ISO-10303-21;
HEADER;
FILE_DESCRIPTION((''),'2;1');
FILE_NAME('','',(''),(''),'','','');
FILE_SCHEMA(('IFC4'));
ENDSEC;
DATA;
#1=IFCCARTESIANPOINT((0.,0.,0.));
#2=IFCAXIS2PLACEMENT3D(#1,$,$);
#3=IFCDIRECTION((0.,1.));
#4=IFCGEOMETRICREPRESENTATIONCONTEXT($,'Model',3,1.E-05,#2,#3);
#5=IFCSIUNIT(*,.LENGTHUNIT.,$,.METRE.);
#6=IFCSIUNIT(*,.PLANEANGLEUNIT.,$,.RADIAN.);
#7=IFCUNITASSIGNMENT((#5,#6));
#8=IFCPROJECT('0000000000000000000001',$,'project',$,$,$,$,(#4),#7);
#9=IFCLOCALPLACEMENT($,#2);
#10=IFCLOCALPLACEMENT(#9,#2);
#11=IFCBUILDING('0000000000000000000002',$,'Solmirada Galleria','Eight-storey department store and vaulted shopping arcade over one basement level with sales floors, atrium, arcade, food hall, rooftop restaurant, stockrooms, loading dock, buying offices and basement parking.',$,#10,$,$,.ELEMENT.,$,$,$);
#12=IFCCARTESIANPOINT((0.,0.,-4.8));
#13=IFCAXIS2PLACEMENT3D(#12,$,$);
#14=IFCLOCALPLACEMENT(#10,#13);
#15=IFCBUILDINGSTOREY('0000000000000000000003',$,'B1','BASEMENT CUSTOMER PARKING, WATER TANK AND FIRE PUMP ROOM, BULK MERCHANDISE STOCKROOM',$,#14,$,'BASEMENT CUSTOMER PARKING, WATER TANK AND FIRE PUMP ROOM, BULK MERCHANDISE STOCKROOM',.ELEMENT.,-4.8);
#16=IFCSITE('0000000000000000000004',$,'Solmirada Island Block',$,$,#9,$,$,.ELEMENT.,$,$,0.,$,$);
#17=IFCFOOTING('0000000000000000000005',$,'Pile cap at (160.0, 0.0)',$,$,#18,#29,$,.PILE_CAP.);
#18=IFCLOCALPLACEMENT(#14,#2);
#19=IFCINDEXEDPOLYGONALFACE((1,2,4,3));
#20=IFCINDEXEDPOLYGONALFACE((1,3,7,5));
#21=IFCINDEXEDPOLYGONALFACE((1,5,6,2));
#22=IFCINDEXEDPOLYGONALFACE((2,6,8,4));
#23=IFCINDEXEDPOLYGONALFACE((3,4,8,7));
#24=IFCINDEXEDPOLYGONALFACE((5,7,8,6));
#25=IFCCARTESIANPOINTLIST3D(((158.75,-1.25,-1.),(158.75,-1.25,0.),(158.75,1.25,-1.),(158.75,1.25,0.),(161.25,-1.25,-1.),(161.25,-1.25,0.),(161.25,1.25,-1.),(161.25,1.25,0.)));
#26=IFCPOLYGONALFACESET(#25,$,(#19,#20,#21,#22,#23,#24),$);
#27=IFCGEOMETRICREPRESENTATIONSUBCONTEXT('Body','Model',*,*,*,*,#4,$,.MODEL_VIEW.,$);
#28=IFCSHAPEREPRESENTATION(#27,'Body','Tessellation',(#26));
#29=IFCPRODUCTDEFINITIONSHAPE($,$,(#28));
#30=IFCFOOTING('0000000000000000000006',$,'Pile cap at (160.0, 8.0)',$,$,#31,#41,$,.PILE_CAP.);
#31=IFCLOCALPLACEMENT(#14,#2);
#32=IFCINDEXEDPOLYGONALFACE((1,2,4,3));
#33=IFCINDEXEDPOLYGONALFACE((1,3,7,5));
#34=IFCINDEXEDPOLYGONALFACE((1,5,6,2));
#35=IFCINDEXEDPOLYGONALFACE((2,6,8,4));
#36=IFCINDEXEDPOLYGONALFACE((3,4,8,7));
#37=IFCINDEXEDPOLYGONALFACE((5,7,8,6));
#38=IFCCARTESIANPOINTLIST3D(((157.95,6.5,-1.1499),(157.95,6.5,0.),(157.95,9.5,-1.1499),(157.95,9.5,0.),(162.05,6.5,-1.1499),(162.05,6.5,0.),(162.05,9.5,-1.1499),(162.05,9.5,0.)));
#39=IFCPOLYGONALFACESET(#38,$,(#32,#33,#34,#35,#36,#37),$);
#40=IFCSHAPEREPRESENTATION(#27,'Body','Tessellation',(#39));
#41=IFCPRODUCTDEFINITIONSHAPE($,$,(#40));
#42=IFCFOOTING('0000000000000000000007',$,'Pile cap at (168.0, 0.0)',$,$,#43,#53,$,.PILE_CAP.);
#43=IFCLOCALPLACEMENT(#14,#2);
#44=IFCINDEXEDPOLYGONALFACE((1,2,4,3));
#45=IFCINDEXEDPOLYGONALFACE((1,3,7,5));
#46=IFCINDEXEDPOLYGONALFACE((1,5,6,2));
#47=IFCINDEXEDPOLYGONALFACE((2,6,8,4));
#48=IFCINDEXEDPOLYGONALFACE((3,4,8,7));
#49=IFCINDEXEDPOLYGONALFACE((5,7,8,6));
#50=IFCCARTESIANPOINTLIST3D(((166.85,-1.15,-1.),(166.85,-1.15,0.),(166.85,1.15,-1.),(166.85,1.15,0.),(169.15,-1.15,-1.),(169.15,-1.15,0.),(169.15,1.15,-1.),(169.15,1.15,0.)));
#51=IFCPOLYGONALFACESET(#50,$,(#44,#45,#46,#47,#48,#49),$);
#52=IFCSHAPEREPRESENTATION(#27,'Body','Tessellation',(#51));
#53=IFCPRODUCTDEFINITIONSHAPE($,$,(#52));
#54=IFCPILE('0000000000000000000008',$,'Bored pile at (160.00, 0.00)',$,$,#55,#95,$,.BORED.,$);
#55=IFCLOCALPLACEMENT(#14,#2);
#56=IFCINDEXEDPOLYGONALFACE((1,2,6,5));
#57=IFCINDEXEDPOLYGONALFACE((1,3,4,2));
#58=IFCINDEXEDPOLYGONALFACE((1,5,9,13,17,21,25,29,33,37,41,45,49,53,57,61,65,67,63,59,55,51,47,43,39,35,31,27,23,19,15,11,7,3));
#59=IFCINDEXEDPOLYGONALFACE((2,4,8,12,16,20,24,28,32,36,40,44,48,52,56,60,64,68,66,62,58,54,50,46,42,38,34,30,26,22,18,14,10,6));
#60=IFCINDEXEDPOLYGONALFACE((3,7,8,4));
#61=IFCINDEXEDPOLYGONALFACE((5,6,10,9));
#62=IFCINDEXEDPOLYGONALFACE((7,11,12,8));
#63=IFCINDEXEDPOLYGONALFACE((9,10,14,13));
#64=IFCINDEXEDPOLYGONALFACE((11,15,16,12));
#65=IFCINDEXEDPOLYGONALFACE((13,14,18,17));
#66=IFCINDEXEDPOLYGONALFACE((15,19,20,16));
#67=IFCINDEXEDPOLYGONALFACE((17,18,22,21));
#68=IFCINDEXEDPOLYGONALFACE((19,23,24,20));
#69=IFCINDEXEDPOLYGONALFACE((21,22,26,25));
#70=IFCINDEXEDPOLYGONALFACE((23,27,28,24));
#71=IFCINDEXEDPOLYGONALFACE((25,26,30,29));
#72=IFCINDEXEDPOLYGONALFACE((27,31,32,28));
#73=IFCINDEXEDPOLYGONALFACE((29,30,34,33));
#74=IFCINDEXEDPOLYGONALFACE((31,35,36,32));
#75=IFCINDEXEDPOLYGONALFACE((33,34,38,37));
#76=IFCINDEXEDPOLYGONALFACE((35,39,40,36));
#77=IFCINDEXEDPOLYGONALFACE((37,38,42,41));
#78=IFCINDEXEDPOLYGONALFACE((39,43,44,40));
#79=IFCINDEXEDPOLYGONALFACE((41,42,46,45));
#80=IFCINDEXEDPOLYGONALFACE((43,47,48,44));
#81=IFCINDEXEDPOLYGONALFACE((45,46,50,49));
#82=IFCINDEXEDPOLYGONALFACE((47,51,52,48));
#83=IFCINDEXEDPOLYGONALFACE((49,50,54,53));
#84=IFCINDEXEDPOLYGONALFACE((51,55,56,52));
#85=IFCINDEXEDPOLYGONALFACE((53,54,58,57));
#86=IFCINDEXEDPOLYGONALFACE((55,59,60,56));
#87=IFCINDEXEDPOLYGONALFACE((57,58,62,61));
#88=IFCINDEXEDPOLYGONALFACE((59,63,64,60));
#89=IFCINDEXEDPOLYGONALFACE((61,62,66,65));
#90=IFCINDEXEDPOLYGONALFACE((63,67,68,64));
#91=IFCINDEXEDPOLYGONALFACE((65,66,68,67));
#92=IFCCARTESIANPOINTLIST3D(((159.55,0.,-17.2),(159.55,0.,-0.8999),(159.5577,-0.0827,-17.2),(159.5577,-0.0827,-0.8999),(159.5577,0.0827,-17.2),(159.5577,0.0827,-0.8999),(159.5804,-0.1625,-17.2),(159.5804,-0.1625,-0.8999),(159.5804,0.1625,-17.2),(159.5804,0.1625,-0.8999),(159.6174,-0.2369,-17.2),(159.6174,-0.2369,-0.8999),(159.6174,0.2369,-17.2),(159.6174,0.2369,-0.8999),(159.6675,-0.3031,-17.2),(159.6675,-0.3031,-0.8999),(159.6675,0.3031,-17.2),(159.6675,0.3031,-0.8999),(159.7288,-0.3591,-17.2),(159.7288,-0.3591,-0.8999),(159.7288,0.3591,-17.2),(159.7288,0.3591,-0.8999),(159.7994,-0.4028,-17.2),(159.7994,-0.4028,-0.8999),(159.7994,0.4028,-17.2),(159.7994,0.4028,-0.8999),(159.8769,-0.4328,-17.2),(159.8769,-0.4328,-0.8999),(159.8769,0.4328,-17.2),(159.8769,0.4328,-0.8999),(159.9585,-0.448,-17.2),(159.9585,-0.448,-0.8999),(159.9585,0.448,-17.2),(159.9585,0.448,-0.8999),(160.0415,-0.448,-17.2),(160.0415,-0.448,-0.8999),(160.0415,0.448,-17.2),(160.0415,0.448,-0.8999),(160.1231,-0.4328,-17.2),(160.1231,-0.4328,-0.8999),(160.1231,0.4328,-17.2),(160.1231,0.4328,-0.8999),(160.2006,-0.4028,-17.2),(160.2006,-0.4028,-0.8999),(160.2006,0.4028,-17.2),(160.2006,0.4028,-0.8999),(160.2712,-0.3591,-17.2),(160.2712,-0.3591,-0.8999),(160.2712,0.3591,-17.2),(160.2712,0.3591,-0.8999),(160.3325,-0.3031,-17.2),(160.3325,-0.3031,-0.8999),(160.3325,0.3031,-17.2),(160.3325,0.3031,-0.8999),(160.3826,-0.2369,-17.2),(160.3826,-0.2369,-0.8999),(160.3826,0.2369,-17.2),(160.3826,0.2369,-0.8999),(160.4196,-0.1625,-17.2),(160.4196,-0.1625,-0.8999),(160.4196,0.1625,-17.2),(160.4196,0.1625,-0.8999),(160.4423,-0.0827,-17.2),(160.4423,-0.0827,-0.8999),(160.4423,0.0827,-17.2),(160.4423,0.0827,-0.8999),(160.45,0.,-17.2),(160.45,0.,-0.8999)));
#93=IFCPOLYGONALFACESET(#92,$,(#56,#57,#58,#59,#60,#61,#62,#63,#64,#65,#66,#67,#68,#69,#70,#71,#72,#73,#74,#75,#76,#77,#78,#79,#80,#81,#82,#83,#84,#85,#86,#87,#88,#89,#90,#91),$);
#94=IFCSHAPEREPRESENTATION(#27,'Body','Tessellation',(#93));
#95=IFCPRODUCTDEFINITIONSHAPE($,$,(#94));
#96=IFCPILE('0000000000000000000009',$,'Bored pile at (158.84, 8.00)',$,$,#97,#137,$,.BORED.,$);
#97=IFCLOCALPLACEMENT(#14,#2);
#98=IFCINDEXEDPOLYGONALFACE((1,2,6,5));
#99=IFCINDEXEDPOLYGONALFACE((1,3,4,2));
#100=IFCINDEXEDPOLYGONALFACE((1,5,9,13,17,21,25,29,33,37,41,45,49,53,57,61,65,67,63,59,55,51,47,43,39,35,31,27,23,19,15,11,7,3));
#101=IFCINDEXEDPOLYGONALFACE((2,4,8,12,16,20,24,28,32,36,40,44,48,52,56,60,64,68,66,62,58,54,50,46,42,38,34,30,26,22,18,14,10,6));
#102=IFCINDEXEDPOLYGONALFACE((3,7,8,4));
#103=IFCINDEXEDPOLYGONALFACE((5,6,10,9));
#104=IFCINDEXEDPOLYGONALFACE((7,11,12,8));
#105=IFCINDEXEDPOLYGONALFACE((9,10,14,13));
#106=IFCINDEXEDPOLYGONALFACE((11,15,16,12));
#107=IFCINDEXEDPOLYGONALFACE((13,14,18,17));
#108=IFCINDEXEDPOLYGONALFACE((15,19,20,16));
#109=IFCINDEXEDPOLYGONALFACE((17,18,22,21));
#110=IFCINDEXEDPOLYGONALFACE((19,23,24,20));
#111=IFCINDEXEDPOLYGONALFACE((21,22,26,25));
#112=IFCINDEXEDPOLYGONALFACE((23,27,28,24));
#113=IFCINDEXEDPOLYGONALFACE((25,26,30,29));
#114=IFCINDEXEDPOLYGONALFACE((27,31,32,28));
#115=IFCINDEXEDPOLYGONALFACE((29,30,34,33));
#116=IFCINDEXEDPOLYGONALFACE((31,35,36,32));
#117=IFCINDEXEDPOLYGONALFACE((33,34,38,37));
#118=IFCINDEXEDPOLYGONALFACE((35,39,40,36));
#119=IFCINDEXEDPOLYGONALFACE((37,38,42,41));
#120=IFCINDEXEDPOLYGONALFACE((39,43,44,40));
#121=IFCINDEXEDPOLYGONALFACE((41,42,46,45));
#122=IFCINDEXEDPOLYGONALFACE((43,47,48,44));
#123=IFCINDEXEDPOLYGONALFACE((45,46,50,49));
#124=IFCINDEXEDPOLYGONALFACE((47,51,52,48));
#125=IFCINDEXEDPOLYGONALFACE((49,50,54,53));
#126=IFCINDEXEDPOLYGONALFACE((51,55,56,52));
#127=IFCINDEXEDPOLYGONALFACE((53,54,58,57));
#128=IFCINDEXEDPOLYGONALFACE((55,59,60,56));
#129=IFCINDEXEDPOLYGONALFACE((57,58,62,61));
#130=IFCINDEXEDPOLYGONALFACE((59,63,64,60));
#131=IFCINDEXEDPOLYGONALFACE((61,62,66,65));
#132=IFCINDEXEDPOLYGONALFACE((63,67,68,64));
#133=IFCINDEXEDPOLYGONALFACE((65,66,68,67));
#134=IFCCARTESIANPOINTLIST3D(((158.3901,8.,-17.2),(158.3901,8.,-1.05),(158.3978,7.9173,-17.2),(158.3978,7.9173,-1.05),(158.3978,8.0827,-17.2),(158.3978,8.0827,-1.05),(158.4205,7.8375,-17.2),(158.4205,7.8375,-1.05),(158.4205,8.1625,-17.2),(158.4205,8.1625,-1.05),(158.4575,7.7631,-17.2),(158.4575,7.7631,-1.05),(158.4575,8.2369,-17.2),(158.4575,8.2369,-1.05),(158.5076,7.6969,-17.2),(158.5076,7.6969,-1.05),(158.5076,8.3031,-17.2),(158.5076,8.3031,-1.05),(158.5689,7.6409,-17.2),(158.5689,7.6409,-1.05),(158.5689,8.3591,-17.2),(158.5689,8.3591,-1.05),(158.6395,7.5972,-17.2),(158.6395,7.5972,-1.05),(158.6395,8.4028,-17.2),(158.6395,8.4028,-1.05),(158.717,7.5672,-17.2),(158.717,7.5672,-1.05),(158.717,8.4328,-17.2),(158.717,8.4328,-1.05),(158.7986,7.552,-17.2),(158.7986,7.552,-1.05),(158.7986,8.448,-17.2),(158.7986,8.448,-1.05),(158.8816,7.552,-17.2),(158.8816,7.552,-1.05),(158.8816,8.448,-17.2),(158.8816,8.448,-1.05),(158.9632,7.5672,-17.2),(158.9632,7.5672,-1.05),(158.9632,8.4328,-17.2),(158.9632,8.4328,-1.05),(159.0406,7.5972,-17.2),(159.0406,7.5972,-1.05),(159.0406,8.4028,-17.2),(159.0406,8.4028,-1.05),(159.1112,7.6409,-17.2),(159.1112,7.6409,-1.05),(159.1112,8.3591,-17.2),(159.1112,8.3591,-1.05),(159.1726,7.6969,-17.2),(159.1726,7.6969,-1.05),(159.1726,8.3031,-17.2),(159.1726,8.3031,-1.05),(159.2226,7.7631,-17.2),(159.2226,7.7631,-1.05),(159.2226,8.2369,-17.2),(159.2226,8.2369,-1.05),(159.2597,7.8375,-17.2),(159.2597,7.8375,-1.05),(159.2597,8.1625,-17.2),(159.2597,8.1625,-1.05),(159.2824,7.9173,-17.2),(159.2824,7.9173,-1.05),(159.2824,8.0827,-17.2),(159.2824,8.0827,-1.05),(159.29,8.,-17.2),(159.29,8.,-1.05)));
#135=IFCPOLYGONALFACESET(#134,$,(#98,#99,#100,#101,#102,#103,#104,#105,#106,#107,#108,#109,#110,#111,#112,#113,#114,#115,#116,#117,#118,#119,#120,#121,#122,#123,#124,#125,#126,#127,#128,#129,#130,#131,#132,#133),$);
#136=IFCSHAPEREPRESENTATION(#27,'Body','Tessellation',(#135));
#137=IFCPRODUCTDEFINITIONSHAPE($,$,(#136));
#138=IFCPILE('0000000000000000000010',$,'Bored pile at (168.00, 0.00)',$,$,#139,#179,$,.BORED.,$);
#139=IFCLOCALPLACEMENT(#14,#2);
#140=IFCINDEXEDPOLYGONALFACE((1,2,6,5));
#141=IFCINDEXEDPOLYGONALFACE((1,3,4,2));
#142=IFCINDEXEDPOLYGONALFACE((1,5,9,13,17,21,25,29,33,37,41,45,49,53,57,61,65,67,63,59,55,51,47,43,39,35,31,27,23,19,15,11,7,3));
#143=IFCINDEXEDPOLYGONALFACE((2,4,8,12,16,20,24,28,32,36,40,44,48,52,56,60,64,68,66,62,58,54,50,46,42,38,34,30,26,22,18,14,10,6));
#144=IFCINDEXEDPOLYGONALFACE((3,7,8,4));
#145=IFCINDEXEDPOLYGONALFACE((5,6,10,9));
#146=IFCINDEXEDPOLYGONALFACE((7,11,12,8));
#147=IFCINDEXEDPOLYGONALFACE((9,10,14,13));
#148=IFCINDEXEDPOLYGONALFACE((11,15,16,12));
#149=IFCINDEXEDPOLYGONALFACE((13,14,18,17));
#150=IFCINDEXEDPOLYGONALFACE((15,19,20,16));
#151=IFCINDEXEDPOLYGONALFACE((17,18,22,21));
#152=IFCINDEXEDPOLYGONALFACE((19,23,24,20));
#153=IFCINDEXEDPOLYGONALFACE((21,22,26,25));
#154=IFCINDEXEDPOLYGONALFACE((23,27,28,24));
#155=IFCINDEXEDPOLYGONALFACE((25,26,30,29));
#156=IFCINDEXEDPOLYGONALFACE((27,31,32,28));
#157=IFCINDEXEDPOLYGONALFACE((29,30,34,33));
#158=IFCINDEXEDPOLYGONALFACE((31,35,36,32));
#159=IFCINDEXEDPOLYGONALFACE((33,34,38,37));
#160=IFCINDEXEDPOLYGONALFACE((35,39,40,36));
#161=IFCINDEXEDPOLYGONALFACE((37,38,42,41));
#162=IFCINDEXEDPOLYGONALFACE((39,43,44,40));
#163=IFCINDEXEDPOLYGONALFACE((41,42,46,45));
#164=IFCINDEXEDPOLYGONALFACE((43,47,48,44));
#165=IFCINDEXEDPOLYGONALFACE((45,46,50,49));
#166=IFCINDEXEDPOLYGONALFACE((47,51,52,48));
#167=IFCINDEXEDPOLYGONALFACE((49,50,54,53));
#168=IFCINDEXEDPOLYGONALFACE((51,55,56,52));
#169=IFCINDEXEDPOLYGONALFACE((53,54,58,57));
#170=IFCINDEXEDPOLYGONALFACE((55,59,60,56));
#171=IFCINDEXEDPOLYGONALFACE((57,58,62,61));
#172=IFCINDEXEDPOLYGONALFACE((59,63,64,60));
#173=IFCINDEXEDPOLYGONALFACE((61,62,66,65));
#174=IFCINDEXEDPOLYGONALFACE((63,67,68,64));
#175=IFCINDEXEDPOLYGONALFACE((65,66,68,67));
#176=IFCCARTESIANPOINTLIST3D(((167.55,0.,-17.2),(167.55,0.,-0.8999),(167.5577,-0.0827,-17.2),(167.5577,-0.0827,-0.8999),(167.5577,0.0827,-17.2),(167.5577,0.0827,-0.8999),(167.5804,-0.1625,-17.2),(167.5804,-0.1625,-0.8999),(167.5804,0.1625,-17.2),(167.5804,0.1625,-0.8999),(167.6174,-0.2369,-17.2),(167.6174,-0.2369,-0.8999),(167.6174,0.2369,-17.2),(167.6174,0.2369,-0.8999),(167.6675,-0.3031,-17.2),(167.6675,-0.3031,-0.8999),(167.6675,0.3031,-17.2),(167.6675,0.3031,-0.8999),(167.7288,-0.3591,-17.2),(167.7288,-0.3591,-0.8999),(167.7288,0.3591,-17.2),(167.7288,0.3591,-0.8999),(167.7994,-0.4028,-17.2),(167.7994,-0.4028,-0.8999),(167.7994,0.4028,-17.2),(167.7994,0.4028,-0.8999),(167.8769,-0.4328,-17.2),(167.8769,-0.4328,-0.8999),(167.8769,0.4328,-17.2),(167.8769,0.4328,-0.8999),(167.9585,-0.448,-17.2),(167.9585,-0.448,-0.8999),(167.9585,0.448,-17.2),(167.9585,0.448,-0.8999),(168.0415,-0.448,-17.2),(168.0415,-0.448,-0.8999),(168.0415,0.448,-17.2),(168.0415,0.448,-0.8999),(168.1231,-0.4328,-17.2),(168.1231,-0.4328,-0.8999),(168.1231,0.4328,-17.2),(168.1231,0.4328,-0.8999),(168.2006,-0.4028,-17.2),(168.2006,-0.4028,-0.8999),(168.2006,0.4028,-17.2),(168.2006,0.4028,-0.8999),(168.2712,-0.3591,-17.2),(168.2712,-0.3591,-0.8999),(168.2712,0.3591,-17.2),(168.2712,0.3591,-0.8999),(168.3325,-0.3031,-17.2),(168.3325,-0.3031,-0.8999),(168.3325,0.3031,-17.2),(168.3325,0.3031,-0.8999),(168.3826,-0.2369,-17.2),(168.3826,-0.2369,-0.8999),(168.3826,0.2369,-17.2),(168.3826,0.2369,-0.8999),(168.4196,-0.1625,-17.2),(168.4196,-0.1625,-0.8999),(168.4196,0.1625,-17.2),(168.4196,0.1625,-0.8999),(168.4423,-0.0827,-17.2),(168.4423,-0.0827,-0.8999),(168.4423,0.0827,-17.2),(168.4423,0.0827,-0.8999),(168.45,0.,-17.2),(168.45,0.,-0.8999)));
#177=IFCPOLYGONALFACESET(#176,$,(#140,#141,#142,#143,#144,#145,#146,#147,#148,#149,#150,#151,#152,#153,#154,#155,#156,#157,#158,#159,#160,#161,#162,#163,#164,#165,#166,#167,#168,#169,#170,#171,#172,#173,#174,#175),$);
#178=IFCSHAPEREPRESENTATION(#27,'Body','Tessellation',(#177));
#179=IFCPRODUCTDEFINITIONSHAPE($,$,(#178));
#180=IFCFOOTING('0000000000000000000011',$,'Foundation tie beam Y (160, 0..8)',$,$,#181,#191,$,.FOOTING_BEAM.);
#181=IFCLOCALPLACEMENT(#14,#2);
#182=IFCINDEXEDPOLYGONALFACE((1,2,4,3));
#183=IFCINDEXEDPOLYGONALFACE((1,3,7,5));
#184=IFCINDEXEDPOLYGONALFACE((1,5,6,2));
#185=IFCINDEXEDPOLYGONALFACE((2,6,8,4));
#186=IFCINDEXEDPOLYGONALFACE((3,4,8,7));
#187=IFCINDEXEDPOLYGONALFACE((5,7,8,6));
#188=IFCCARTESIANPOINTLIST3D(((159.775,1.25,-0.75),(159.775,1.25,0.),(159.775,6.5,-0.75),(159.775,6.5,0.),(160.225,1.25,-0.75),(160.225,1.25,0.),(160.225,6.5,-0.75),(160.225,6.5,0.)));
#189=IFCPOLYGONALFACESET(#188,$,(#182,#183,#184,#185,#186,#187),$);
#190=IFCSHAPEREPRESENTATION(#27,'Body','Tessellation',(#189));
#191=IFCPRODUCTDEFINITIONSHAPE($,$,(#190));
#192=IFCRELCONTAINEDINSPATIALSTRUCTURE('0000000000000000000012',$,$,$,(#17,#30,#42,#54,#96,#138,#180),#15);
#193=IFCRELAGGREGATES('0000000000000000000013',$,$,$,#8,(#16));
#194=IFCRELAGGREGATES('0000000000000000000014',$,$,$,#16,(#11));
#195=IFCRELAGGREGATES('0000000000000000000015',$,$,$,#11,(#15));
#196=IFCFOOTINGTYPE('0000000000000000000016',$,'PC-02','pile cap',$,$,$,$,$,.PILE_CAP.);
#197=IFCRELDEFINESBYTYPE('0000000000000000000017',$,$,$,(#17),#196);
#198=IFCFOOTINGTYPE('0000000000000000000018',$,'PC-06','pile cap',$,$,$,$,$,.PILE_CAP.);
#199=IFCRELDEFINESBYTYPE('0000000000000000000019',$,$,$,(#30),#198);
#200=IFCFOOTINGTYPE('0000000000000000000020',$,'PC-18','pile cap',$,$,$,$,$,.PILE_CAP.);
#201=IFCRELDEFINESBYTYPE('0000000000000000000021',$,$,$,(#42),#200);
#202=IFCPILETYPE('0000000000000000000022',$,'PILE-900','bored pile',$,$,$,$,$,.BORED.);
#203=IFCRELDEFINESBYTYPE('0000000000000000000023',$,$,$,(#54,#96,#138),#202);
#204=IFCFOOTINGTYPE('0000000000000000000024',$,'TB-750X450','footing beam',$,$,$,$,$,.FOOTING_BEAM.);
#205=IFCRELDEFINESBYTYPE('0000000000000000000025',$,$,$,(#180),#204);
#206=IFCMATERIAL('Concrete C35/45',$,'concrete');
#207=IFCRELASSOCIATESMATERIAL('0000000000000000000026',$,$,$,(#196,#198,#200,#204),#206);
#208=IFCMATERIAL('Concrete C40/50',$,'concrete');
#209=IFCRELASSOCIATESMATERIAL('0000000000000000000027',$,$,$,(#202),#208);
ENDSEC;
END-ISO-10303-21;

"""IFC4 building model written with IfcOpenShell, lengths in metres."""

from ifc_helpers import new_model, si_unit, direction, frame, origin, origin_2d, place, context, subcontext, project, spatial, rectangle, circle, extrude, material, material_profile, profile_set, type_object, element, save


model = new_model("IFC4")

# Units and contexts
model_context = context("Model", 3, precision=1e-05, world=origin(), true_north=direction((0.0, 1.0)))
body_context = subcontext(model_context, "Body", "Model", "MODEL_VIEW")
ifc_project = project(units=[si_unit("LENGTHUNIT", "METRE"), si_unit("PLANEANGLEUNIT", "RADIAN")], contexts=[model_context])

# Site, building, storey
site_placement = place(None, origin())
site = spatial("IfcSite", under=ifc_project, at=site_placement, Name="Solmirada Island Block", CompositionType="ELEMENT", RefElevation=0.0)
building_placement = place(site_placement, origin())
building = spatial("IfcBuilding", under=site, at=building_placement, Name="Solmirada Galleria", Description="Eight-storey department store and vaulted shopping arcade over one basement level with sales floors, atrium, arcade, food hall, rooftop restaurant, stockrooms, loading dock, buying offices and basement parking.", CompositionType="ELEMENT")
storey_placement = place(building_placement, frame((0.0, 0.0, -4.8)))
storey = spatial("IfcBuildingStorey", under=building, at=storey_placement, Name="B1", Description="BASEMENT CUSTOMER PARKING, WATER TANK AND FIRE PUMP ROOM, BULK MERCHANDISE STOCKROOM", LongName="BASEMENT CUSTOMER PARKING, WATER TANK AND FIRE PUMP ROOM, BULK MERCHANDISE STOCKROOM", CompositionType="ELEMENT", Elevation=-4.8)

# Footings
ifc_material_1 = material(Name="Concrete C35/45", Category="concrete")
footing_type_1 = type_object("IfcFootingType", Name="PC-02", Description="pile cap", PredefinedType="PILE_CAP", material=ifc_material_1)
footing_1_placement = place(storey_placement, frame((160.0, 0.0, -1.0), z_axis=(0.0, 0.0, 1.0), x_axis=(1.0, 0.0, 0.0)))
element("IfcFooting", 1, at=footing_1_placement, inside=storey, type_object=footing_type_1, Name="Pile cap at (160.0, 0.0)", PredefinedType="PILE_CAP", context=body_context, shape_type="SweptSolid", body=[
    extrude(rectangle(XDim=2.5, YDim=2.5, at=origin_2d()), origin(), (0.0, 0.0, 1.0), 1.0),
])
footing_type_2 = type_object("IfcFootingType", Name="PC-06", Description="pile cap", PredefinedType="PILE_CAP", material=ifc_material_1)
footing_2_placement = place(storey_placement, frame((160.0, 8.0, -1.1499), z_axis=(0.0, 0.0, 1.0), x_axis=(1.0, 0.0, 0.0)))
element("IfcFooting", 2, at=footing_2_placement, inside=storey, type_object=footing_type_2, Name="Pile cap at (160.0, 8.0)", PredefinedType="PILE_CAP", context=body_context, shape_type="SweptSolid", body=[
    extrude(rectangle(XDim=4.1001, YDim=3.0, at=origin_2d()), origin(), (0.0, 0.0, 1.0), 1.1499),
])
footing_type_3 = type_object("IfcFootingType", Name="PC-18", Description="pile cap", PredefinedType="PILE_CAP", material=ifc_material_1)
footing_3_placement = place(storey_placement, frame((168.0, 0.0, -1.0), z_axis=(0.0, 0.0, 1.0), x_axis=(1.0, 0.0, 0.0)))
element("IfcFooting", 3, at=footing_3_placement, inside=storey, type_object=footing_type_3, Name="Pile cap at (168.0, 0.0)", PredefinedType="PILE_CAP", context=body_context, shape_type="SweptSolid", body=[
    extrude(rectangle(XDim=2.3, YDim=2.3, at=origin_2d()), origin(), (0.0, 0.0, 1.0), 1.0),
])

# Piles
ifc_material_2 = material(Name="Concrete C40/50", Category="concrete")
ifc_material_profile_1 = material_profile(ifc_material_2, circle(Radius=0.45, at=origin_2d()), Name="PILE900")
ifc_profile_set_1 = profile_set([ifc_material_profile_1], Name="Concrete C40/50")
pile_type = type_object("IfcPileType", Name="PILE-900", Description="bored pile", PredefinedType="BORED", material=ifc_profile_set_1)
pile_1_placement = place(storey_placement, frame((160.0, 0.0, -0.8999), z_axis=(0.0, 0.0, -1.0), x_axis=(1.0, 0.0, 0.0)))
element("IfcPile", 4, at=pile_1_placement, inside=storey, type_object=pile_type, Name="Bored pile at (160.00, 0.00)", PredefinedType="BORED", context=body_context, shape_type="SweptSolid", body=[
    extrude(circle(Radius=0.45, at=origin_2d()), origin(), (0.0, 0.0, 1.0), 16.3),
])
pile_2_placement = place(storey_placement, frame((158.8401, 8.0, -1.05), z_axis=(0.0, 0.0, -1.0), x_axis=(1.0, 0.0, 0.0)))
element("IfcPile", 5, at=pile_2_placement, inside=storey, type_object=pile_type, Name="Bored pile at (158.84, 8.00)", PredefinedType="BORED", context=body_context, shape_type="SweptSolid", body=[
    extrude(circle(Radius=0.45, at=origin_2d()), origin(), (0.0, 0.0, 1.0), 16.1499),
])
pile_3_placement = place(storey_placement, frame((168.0, 0.0, -0.8999), z_axis=(0.0, 0.0, -1.0), x_axis=(1.0, 0.0, 0.0)))
element("IfcPile", 6, at=pile_3_placement, inside=storey, type_object=pile_type, Name="Bored pile at (168.00, 0.00)", PredefinedType="BORED", context=body_context, shape_type="SweptSolid", body=[
    extrude(circle(Radius=0.45, at=origin_2d()), origin(), (0.0, 0.0, 1.0), 16.3),
])

# Footing
ifc_material_profile_2 = material_profile(ifc_material_1, rectangle(XDim=0.45, YDim=0.75, at=origin_2d()), Name="RC750X450")
ifc_profile_set_2 = profile_set([ifc_material_profile_2], Name="Concrete C35/45")
footing_type_4 = type_object("IfcFootingType", Name="TB-750X450", Description="footing beam", PredefinedType="FOOTING_BEAM", material=ifc_profile_set_2)
footing_4_placement = place(storey_placement, frame((160.0, 1.25, -0.375), z_axis=(0.0, 1.0, 0.0), x_axis=(-1.0, 0.0, 0.0)))
element("IfcFooting", 7, at=footing_4_placement, inside=storey, type_object=footing_type_4, Name="Foundation tie beam Y (160, 0..8)", PredefinedType="FOOTING_BEAM", context=body_context, shape_type="SweptSolid", body=[
    extrude(rectangle(XDim=0.45, YDim=0.75, at=origin_2d()), origin(), (0.0, 0.0, 1.0), 5.25),
])

save(model, "model.ifc")
